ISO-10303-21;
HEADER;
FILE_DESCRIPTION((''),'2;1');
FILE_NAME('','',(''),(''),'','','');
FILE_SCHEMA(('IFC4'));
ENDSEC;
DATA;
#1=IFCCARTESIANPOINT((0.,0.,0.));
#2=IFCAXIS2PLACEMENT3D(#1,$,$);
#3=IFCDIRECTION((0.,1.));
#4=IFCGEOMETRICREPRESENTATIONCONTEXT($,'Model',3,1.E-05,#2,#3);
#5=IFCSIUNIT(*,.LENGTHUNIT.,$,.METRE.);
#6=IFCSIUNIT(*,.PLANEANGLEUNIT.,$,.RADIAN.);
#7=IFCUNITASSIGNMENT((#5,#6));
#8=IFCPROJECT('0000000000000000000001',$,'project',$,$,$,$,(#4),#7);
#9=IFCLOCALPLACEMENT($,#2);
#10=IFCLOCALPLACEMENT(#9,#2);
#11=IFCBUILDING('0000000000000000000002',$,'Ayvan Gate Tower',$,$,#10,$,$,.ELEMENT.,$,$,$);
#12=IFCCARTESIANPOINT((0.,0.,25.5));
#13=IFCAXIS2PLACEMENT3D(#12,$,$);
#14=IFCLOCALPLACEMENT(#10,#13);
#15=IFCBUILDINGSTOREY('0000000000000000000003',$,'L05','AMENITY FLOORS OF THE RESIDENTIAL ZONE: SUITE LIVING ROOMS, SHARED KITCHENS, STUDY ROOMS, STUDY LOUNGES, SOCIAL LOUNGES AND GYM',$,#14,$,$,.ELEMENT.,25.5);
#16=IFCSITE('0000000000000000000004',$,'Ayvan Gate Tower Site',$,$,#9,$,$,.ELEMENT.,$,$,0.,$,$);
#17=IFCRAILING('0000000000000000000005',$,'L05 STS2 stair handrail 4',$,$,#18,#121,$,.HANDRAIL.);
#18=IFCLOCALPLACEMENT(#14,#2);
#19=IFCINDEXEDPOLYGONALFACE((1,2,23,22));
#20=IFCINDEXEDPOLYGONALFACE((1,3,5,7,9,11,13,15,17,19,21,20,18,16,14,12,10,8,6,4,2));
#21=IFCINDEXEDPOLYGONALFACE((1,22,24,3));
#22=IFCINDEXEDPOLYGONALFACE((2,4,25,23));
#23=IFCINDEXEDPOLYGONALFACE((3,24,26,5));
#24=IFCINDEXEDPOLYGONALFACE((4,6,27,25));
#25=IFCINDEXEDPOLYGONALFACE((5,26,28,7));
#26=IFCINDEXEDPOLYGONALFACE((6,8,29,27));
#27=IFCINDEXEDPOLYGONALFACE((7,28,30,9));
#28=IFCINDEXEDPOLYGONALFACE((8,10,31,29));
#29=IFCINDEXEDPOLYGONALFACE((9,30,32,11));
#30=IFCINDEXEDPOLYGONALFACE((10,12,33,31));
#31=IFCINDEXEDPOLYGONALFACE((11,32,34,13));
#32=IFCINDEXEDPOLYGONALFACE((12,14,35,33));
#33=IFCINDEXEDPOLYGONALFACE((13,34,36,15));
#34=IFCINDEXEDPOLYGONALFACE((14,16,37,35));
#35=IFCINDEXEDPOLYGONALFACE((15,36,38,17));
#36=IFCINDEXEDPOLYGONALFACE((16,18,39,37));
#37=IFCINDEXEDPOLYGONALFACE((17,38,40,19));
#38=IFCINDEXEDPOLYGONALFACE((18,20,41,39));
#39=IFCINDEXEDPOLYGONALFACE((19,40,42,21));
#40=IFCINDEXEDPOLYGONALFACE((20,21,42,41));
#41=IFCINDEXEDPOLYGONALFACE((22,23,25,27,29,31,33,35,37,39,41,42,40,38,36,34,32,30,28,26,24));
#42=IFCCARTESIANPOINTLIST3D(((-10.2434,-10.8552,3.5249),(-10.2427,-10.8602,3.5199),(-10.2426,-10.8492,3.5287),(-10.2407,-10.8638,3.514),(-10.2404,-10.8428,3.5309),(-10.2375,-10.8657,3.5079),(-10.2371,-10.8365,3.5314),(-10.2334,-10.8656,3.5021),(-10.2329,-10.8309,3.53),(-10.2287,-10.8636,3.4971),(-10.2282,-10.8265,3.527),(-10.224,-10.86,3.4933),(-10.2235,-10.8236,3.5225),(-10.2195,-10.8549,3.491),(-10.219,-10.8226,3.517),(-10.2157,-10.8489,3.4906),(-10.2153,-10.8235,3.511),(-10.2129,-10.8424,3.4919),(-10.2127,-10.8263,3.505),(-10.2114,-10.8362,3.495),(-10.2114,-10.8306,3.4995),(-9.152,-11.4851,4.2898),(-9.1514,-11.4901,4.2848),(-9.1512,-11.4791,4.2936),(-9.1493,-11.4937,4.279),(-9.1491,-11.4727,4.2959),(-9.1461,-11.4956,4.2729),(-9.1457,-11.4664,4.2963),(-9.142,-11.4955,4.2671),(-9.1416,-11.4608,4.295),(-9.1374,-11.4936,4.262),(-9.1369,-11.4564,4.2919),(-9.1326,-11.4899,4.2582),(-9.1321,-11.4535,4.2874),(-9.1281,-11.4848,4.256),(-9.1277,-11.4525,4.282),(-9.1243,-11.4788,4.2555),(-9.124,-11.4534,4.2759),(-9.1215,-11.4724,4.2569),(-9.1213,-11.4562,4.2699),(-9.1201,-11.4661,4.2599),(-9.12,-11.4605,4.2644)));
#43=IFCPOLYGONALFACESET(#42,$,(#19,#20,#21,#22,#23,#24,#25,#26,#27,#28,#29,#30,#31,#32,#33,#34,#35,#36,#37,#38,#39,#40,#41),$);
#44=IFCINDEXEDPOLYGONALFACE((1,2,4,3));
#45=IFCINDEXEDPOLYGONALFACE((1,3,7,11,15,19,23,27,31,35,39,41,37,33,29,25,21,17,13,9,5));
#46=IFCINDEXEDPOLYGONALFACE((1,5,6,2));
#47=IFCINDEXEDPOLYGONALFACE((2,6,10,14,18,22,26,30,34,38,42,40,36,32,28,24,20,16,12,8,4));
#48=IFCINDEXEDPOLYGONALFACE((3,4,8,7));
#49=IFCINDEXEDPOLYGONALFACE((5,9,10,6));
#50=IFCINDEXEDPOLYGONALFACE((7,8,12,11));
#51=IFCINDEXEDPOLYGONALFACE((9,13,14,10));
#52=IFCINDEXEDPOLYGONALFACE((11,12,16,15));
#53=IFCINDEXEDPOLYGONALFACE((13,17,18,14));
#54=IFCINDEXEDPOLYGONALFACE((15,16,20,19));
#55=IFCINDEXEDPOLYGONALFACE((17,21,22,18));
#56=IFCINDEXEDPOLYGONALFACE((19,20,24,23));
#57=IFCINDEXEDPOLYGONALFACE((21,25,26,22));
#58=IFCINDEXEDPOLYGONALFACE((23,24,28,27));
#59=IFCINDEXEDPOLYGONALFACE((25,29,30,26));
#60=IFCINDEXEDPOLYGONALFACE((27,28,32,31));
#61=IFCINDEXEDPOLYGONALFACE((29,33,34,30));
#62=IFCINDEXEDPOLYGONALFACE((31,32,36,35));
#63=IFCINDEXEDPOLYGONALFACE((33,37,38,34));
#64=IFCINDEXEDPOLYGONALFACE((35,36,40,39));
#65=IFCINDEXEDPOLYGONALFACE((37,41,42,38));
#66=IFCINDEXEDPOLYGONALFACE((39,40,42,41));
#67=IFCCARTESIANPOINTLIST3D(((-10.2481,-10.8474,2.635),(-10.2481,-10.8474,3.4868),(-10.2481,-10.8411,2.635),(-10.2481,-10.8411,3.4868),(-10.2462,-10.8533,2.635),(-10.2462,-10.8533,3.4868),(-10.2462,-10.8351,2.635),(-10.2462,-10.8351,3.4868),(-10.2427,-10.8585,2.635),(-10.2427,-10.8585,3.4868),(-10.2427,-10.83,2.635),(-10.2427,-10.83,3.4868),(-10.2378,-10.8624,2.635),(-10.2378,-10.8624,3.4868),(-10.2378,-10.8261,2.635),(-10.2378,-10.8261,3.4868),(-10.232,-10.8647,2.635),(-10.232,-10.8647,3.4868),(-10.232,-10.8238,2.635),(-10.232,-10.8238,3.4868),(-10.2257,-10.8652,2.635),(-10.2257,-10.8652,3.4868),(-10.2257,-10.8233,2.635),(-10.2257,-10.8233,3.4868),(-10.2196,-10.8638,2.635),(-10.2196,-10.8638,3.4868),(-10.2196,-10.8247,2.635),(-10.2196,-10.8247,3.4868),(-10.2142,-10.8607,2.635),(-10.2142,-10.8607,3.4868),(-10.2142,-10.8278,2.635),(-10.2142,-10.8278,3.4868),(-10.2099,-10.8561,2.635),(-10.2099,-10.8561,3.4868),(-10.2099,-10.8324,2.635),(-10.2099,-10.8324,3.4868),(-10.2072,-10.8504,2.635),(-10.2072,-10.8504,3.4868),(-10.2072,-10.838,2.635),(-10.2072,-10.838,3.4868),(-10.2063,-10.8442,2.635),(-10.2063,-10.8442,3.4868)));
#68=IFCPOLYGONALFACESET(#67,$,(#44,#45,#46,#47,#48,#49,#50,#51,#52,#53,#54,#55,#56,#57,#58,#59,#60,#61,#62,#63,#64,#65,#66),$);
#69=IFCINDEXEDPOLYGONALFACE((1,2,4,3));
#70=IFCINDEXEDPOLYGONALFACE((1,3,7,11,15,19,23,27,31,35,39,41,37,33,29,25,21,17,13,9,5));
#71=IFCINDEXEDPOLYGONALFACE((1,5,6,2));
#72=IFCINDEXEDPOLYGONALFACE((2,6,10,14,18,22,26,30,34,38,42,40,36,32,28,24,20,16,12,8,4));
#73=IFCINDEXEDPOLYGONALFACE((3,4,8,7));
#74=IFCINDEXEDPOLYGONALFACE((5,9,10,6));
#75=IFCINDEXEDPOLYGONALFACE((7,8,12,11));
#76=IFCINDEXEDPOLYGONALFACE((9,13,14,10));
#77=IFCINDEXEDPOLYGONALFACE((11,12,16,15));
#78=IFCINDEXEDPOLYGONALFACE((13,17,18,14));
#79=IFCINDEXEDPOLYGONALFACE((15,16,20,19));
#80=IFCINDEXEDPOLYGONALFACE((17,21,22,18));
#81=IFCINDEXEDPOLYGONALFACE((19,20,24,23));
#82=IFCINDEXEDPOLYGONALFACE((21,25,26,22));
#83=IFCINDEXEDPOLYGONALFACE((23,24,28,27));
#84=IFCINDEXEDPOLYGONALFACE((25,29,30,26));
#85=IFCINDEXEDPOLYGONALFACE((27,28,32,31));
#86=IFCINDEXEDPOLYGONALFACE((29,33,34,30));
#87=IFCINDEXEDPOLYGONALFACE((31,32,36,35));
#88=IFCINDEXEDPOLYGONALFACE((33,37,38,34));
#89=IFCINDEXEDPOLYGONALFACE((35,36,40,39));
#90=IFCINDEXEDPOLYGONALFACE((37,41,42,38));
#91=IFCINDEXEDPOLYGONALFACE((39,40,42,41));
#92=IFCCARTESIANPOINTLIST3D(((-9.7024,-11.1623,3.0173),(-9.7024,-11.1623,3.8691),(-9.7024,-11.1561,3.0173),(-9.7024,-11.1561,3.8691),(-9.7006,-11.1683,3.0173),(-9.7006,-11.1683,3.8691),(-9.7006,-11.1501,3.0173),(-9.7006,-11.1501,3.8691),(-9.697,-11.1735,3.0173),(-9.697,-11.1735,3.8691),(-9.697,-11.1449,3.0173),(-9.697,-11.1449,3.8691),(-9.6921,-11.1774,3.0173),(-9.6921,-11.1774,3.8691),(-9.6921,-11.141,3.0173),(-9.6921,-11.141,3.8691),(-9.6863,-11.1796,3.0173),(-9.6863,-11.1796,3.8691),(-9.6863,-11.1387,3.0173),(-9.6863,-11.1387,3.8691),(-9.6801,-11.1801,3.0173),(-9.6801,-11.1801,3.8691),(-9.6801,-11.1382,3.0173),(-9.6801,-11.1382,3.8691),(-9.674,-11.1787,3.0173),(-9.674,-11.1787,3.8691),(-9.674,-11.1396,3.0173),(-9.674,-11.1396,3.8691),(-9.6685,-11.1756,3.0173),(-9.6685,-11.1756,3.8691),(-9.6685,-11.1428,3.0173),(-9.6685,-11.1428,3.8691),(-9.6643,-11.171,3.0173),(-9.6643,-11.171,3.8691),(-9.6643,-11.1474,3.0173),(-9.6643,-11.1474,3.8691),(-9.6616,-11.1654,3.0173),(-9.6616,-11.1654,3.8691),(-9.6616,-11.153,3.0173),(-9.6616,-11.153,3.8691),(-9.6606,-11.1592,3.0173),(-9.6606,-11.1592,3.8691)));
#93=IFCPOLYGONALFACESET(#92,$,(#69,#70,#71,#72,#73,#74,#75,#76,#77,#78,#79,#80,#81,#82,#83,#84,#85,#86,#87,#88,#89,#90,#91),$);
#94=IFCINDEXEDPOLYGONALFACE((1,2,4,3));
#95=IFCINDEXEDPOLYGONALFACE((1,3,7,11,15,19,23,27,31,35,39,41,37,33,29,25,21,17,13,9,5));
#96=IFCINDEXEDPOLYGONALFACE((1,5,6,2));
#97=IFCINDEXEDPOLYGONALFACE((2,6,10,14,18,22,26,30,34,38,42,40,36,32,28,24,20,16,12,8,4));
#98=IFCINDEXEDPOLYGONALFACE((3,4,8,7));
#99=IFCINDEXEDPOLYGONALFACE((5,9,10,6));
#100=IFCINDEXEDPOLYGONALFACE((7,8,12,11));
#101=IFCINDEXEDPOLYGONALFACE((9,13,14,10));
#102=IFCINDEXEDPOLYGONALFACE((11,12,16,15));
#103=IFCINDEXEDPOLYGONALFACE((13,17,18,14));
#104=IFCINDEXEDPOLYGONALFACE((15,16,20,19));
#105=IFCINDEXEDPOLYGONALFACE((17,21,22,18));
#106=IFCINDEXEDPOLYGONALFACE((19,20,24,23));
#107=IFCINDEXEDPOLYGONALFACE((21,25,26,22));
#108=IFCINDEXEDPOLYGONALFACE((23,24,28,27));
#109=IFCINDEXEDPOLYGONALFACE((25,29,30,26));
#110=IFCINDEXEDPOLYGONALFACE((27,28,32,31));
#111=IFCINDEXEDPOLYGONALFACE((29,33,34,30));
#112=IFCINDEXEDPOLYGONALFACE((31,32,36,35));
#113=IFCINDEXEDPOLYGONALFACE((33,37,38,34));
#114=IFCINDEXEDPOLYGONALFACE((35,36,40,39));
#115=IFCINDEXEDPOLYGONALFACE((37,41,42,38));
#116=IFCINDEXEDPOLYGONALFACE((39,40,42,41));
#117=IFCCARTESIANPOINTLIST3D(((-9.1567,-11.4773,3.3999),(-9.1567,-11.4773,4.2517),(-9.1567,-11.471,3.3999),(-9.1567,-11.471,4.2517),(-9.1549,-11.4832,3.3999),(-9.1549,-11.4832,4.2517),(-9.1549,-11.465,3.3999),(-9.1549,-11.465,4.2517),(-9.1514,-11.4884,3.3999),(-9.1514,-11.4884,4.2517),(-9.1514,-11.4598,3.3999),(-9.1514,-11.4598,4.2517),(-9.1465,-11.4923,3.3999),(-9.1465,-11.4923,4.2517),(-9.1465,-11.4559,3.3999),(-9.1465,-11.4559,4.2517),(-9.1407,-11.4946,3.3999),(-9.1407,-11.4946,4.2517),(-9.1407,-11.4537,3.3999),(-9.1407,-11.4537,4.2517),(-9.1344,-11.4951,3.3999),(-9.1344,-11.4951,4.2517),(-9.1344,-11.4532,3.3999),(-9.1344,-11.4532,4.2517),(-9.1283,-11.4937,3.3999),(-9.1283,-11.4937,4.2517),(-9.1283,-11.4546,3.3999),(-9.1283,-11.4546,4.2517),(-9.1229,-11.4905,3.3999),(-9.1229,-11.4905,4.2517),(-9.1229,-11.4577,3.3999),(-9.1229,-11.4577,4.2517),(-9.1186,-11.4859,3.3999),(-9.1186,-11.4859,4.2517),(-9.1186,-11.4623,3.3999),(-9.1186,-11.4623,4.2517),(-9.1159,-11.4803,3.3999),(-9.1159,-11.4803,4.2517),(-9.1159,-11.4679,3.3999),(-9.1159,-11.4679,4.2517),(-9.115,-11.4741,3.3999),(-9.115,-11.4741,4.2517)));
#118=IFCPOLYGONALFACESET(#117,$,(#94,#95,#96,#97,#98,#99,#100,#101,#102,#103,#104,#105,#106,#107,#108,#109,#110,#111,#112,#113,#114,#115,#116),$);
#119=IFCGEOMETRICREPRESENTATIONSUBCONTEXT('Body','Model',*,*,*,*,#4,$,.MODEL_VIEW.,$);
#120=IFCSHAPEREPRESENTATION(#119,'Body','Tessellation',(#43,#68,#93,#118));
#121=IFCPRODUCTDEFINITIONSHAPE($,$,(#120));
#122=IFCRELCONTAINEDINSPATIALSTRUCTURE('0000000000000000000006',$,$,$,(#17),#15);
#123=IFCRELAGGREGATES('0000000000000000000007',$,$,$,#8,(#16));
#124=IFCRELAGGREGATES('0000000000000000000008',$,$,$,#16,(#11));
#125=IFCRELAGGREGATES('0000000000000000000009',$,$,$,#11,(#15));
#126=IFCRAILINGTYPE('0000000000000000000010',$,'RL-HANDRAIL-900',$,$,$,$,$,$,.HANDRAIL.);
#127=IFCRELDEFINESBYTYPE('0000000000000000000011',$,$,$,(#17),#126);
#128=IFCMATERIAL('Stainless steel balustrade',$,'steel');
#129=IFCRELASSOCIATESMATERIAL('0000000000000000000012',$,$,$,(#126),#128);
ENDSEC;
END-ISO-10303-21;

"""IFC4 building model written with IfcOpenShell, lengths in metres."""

from ifc_helpers import new_model, si_unit, direction, frame, origin, origin_2d, place, context, subcontext, project, spatial, circle, extrude, material, type_object, element, save


model = new_model("IFC4")

# Units and contexts
model_context = context("Model", 3, precision=1e-05, world=origin(), true_north=direction((0.0, 1.0)))
body_context = subcontext(model_context, "Body", "Model", "MODEL_VIEW")
ifc_project = project(units=[si_unit("LENGTHUNIT", "METRE"), si_unit("PLANEANGLEUNIT", "RADIAN")], contexts=[model_context])

# Site, building, storey
site_placement = place(None, origin())
site = spatial("IfcSite", under=ifc_project, at=site_placement, Name="Ayvan Gate Tower Site", CompositionType="ELEMENT", RefElevation=0.0)
building_placement = place(site_placement, origin())
building = spatial("IfcBuilding", under=site, at=building_placement, Name="Ayvan Gate Tower", CompositionType="ELEMENT")
storey_placement = place(building_placement, frame((0.0, 0.0, 25.5)))
storey = spatial("IfcBuildingStorey", under=building, at=storey_placement, Name="L05", Description="AMENITY FLOORS OF THE RESIDENTIAL ZONE: SUITE LIVING ROOMS, SHARED KITCHENS, STUDY ROOMS, STUDY LOUNGES, SOCIAL LOUNGES AND GYM", CompositionType="ELEMENT", Elevation=25.5)

# Railing
ifc_material_1 = material(Name="Stainless steel balustrade", Category="steel")
railing_type_1 = type_object("IfcRailingType", Name="RL-HANDRAIL-900", PredefinedType="HANDRAIL", material=ifc_material_1)
railing_1_placement = place(storey_placement, frame((-10.2273, -10.8442, 2.635)))
element("IfcRailing", 1, at=railing_1_placement, inside=storey, type_object=railing_type_1, Name="L05 STS2 stair handrail 4", PredefinedType="HANDRAIL", context=body_context, shape_type="SweptSolid", body=[
    extrude(circle(Radius=0.0239, at=origin_2d()), frame((0.0, 0.0, 0.876), z_axis=(0.740357, -0.42732, 0.518912), x_axis=(0.49989, 0.866089, 0.0)), (0.0, 0.0, 1.0), 1.4741),
    extrude(circle(Radius=0.021, at=origin_2d()), origin(), (0.0, 0.0, 1.0), 0.8518),
    extrude(circle(Radius=0.021, at=origin_2d()), frame((0.5457, -0.3149, 0.3823)), (0.0, 0.0, 1.0), 0.8518),
    extrude(circle(Radius=0.021, at=origin_2d()), frame((1.0913, -0.6299, 0.7649)), (0.0, 0.0, 1.0), 0.8518),
])

save(model, "model.ifc")
